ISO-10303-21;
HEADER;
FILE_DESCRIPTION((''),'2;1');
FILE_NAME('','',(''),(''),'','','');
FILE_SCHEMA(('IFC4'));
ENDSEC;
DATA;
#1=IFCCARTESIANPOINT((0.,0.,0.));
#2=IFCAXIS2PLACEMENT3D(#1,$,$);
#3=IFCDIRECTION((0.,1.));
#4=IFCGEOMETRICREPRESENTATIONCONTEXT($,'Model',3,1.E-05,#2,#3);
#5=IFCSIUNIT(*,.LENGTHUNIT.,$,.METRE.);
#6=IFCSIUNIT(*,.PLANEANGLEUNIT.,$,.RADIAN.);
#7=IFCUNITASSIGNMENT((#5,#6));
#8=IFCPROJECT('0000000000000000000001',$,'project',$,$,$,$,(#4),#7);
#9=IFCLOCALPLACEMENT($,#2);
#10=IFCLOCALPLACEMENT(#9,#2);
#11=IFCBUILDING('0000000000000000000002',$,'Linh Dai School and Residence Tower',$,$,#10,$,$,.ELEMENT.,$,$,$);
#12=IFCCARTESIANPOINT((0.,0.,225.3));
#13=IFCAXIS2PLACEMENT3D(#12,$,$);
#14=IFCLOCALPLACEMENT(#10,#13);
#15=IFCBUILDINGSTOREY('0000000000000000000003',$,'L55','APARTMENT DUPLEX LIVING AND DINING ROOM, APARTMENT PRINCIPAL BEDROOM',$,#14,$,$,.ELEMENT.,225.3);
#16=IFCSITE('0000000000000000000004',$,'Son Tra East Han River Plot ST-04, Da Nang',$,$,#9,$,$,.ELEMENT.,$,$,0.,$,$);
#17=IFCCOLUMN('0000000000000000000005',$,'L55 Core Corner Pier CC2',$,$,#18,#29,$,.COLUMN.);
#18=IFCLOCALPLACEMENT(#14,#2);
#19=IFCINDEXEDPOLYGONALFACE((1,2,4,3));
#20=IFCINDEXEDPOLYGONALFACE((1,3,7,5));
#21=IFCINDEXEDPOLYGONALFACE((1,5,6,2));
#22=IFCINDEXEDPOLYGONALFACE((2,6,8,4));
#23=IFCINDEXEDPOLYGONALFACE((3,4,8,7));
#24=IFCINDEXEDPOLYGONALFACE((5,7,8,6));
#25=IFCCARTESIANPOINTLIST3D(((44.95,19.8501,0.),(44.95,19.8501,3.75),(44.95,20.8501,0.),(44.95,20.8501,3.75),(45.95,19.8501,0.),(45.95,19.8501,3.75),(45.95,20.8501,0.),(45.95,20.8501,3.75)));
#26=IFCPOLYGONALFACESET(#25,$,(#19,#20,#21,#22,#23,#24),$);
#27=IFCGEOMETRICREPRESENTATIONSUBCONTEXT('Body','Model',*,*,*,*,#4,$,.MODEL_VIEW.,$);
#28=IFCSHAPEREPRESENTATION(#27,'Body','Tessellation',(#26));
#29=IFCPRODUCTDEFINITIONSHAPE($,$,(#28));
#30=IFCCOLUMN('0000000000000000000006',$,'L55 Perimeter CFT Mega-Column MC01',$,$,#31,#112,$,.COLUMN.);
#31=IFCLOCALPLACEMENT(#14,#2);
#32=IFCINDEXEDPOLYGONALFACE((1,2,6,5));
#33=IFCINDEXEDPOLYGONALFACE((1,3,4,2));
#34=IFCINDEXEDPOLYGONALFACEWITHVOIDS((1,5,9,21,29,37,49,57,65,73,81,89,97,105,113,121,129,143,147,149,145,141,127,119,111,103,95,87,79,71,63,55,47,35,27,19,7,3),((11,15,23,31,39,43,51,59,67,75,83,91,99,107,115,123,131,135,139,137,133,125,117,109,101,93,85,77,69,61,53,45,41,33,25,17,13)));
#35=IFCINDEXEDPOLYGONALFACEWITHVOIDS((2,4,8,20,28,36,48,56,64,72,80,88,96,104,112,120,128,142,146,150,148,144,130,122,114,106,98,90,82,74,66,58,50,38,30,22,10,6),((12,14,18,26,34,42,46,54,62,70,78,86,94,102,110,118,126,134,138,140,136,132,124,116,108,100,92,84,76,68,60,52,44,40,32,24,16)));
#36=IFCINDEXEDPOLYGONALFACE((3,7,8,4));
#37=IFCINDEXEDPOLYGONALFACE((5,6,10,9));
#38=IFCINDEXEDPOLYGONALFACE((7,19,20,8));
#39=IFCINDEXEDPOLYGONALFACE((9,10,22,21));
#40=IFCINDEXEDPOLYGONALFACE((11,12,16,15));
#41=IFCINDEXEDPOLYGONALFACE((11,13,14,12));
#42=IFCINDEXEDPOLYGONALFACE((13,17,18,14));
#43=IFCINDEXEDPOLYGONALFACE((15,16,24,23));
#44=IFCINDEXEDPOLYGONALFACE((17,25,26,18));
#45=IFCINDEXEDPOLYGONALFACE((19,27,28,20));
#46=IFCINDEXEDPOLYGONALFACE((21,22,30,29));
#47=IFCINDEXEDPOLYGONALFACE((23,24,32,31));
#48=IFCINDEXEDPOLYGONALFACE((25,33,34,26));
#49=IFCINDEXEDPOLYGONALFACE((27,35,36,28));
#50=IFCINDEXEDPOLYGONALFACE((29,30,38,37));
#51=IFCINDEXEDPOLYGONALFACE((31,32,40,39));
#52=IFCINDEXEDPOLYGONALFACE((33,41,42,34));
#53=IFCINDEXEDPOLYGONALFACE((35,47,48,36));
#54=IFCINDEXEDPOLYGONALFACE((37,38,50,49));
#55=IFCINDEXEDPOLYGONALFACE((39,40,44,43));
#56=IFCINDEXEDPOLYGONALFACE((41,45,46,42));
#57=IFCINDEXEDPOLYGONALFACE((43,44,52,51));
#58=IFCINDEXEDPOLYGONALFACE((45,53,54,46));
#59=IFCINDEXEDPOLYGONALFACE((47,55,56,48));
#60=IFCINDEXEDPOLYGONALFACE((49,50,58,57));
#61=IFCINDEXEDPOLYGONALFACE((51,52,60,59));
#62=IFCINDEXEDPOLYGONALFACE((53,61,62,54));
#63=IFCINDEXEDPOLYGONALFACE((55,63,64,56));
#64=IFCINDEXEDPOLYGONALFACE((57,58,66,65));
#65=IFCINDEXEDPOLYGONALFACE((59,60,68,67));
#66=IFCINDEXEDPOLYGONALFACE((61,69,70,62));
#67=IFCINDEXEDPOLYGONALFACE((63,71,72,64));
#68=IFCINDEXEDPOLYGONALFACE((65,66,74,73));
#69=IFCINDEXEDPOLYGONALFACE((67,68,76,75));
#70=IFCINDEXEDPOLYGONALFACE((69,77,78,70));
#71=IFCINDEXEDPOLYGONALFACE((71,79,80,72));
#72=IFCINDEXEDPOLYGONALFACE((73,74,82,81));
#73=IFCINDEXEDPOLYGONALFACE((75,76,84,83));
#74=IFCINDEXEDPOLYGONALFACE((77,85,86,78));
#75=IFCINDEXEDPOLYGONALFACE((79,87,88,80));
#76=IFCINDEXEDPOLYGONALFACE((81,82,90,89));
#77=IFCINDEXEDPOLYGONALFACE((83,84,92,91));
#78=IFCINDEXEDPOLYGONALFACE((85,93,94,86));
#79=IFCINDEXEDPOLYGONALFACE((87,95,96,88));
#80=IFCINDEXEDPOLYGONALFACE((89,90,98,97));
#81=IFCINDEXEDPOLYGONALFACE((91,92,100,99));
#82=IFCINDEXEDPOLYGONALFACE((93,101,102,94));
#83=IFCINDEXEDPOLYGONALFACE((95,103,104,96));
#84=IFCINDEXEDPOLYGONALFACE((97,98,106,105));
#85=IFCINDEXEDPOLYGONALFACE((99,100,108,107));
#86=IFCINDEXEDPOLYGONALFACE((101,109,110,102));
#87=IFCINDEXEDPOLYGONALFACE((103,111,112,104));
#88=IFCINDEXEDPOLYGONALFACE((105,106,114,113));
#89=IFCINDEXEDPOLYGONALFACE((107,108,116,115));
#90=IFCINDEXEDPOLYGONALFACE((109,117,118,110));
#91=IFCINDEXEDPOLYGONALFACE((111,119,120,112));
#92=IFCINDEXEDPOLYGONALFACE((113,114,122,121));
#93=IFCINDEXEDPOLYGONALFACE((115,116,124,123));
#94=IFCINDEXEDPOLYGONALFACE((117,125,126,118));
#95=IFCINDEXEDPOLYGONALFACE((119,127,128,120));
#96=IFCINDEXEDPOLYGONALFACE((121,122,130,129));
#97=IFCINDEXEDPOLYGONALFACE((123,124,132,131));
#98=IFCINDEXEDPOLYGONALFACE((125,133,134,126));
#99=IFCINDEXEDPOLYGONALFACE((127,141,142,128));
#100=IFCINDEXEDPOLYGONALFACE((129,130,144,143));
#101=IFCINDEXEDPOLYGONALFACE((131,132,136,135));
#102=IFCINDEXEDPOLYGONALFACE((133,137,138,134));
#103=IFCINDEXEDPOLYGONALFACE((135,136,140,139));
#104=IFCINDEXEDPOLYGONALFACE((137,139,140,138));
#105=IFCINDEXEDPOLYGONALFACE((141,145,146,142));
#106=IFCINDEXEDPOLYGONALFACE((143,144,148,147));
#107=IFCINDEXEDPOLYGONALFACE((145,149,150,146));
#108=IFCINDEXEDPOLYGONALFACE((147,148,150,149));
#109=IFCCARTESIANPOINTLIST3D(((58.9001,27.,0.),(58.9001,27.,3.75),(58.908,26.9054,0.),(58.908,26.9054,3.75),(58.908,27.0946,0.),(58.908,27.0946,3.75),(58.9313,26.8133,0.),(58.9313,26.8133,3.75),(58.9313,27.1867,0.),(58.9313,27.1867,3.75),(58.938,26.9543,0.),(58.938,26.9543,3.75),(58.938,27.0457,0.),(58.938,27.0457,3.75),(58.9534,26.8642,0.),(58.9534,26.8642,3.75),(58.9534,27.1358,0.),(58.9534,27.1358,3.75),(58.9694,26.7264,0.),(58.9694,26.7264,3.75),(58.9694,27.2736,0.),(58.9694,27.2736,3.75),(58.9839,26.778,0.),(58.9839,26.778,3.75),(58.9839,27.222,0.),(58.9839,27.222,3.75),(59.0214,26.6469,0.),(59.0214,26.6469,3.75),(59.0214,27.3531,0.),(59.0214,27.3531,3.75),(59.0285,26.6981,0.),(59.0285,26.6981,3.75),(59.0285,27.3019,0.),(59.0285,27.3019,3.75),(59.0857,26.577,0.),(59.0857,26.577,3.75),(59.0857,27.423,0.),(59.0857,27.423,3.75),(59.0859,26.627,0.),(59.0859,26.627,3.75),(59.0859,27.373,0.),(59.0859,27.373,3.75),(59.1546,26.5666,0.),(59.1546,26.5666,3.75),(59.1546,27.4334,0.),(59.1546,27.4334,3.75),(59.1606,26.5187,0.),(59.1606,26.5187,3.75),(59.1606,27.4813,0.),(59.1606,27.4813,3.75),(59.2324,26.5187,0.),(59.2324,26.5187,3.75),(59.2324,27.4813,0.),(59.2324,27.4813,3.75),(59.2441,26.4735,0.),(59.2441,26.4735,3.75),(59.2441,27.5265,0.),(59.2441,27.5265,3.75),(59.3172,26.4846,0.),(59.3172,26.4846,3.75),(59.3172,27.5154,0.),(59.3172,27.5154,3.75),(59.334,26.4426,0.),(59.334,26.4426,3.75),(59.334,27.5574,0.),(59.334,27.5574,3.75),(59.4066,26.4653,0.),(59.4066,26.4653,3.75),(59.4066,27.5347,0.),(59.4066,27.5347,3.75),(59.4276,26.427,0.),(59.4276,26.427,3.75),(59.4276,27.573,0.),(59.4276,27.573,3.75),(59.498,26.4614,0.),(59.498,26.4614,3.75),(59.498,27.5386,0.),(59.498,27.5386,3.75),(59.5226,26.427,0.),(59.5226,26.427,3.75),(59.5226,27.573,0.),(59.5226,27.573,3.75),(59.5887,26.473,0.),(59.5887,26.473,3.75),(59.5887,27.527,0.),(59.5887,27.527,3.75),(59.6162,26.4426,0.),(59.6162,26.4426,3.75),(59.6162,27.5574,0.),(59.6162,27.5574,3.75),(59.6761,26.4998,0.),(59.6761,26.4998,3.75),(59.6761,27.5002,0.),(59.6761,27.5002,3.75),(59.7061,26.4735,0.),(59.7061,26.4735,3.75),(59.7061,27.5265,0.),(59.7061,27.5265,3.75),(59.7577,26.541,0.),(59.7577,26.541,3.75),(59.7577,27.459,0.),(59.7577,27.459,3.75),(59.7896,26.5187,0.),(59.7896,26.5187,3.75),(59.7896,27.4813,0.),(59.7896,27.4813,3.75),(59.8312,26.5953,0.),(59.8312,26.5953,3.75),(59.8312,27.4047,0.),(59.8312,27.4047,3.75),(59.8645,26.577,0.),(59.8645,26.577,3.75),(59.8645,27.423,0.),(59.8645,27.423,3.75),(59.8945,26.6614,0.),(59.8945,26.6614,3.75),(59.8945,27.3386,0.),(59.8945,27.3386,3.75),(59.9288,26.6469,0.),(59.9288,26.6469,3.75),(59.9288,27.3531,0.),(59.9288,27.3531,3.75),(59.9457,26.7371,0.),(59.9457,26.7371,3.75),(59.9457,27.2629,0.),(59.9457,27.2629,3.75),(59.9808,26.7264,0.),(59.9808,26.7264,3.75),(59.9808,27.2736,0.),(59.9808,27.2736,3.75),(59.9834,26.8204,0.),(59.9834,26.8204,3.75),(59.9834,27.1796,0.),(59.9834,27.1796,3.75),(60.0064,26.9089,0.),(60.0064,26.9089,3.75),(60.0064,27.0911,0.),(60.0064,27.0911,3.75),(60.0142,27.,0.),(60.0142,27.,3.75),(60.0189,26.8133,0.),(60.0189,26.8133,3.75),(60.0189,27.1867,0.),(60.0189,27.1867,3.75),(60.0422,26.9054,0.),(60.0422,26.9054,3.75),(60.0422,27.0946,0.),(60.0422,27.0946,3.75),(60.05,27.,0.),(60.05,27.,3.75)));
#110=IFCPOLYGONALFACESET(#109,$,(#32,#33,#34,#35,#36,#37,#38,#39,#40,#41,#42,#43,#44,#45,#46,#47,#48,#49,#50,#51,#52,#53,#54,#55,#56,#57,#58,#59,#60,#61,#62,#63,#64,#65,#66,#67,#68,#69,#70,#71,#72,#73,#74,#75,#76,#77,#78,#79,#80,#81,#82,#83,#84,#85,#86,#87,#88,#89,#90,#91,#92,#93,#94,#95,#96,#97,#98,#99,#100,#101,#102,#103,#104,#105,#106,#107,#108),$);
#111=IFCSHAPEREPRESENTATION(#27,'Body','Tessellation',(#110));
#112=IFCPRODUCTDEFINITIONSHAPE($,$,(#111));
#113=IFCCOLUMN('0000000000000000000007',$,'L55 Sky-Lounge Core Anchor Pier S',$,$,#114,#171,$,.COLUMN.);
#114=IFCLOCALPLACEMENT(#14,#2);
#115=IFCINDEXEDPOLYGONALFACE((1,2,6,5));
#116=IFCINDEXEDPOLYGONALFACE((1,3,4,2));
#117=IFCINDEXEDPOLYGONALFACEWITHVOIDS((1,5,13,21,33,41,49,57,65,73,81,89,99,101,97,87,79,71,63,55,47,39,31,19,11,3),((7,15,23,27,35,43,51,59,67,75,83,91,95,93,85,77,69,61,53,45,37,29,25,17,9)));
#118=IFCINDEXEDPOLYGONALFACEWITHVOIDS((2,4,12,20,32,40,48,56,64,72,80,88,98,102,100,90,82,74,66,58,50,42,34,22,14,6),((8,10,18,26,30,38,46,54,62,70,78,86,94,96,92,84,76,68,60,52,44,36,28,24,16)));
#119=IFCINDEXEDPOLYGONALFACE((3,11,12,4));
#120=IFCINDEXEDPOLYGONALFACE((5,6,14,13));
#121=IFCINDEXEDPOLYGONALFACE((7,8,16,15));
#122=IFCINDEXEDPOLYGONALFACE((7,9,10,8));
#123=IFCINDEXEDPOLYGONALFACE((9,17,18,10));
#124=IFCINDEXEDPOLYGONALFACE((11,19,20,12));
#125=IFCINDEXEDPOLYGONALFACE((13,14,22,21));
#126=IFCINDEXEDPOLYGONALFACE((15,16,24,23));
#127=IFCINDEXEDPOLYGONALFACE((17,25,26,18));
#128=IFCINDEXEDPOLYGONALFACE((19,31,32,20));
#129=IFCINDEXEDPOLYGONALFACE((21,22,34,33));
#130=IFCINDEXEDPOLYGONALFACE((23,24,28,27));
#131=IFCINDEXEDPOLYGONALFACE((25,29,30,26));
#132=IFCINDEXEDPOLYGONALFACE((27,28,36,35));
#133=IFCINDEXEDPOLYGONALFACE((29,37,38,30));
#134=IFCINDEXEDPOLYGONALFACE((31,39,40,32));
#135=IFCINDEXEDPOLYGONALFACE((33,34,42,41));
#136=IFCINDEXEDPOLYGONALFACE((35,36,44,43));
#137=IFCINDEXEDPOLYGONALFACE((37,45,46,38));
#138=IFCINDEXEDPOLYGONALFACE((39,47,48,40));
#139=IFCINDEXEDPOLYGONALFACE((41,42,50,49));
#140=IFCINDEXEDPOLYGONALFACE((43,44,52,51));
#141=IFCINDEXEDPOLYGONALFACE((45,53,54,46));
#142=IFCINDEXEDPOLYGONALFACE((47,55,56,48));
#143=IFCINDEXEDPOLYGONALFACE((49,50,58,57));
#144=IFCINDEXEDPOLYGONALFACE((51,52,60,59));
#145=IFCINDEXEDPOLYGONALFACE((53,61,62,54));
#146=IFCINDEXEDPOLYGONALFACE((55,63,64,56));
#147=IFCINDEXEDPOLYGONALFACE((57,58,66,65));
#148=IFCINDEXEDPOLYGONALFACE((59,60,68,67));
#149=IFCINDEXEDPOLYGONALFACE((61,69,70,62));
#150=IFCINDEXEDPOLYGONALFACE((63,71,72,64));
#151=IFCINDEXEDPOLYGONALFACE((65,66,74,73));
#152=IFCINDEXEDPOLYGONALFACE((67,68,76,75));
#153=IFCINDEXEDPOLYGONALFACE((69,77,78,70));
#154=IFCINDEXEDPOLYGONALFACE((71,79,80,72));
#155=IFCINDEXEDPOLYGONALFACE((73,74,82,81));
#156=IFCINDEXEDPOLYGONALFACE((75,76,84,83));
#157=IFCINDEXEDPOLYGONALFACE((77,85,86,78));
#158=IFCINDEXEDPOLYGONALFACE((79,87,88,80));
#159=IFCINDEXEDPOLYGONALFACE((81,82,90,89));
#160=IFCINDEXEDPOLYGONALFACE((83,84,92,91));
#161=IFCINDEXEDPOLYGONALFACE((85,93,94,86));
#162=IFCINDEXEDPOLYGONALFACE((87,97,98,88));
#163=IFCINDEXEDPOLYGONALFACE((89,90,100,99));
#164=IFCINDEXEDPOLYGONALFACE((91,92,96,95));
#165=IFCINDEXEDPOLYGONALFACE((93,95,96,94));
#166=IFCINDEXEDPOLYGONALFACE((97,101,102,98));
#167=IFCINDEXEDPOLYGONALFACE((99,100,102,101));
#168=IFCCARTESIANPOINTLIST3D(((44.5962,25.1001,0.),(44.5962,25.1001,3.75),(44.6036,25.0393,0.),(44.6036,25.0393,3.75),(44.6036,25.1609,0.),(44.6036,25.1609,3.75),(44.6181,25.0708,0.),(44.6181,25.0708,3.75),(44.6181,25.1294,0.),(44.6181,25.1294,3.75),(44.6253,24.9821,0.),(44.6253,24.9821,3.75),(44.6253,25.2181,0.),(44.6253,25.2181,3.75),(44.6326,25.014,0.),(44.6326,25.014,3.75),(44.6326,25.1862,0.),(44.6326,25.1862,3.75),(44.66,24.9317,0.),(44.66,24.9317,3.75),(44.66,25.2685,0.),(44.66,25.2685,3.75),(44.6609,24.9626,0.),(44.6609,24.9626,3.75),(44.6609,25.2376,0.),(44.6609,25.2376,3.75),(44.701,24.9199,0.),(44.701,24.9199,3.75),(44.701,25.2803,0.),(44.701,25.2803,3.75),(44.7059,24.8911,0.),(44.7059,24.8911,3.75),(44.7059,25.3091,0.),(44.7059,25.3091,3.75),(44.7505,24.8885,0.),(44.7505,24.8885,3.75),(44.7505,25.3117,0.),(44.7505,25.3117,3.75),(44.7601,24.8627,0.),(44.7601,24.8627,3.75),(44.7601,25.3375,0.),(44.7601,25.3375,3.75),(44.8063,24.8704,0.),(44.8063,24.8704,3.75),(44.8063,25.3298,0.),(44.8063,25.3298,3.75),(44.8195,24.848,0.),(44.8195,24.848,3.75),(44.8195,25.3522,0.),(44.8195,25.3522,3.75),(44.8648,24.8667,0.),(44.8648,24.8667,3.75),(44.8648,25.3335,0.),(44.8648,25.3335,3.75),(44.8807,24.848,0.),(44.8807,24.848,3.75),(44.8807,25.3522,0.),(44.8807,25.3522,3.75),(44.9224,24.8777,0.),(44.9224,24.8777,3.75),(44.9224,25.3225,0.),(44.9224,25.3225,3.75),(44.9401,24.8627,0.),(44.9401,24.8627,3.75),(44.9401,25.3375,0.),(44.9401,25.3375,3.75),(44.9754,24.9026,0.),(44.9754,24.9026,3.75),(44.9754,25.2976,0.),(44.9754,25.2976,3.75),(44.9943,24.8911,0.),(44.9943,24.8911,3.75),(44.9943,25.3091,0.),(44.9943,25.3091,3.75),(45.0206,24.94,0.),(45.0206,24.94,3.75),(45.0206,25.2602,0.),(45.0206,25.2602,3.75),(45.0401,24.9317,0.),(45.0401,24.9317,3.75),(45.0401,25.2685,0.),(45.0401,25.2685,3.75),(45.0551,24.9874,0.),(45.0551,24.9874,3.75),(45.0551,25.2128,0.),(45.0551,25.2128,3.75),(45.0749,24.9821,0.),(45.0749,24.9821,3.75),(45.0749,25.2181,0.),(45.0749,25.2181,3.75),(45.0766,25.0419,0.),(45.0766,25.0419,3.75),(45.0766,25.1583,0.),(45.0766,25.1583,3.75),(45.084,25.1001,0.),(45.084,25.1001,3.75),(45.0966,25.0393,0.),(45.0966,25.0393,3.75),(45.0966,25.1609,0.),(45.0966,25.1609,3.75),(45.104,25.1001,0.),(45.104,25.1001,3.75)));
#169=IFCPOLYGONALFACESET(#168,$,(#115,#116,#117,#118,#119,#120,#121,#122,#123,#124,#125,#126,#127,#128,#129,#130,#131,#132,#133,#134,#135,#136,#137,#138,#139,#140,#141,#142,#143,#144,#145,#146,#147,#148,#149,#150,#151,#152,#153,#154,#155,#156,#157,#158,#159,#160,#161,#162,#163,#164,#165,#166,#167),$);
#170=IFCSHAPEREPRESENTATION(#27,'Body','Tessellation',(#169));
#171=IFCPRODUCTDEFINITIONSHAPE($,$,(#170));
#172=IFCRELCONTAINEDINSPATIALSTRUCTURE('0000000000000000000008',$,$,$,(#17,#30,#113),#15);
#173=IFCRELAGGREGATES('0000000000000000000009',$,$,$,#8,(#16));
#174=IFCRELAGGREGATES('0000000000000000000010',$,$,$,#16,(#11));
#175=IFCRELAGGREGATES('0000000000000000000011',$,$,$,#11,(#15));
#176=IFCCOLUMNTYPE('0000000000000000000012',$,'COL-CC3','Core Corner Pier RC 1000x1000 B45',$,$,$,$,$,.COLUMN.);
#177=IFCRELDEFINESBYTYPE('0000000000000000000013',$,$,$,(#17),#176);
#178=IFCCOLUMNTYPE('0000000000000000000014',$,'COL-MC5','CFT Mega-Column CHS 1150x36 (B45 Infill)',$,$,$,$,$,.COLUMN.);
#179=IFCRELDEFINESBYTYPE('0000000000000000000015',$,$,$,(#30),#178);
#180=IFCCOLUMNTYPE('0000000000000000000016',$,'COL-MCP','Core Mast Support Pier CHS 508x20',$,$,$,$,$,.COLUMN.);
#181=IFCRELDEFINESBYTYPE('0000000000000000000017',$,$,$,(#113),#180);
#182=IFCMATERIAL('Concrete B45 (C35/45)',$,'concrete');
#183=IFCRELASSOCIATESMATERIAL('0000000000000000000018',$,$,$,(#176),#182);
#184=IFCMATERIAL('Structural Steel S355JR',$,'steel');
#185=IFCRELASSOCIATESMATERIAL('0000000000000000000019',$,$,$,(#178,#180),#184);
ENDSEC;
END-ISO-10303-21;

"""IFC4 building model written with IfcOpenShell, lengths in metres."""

from ifc_helpers import new_model, si_unit, direction, frame, origin, origin_2d, place, context, subcontext, project, spatial, rectangle, hollow_circle, extrude, material, material_profile, profile_set, type_object, element, save


model = new_model("IFC4")

# Units and contexts
model_context = context("Model", 3, precision=1e-05, world=origin(), true_north=direction((0.0, 1.0)))
body_context = subcontext(model_context, "Body", "Model", "MODEL_VIEW")
ifc_project = project(units=[si_unit("LENGTHUNIT", "METRE"), si_unit("PLANEANGLEUNIT", "RADIAN")], contexts=[model_context])

# Site, building, storey
site_placement = place(None, origin())
site = spatial("IfcSite", under=ifc_project, at=site_placement, Name="Son Tra East Han River Plot ST-04, Da Nang", CompositionType="ELEMENT", RefElevation=0.0)
building_placement = place(site_placement, origin())
building = spatial("IfcBuilding", under=site, at=building_placement, Name="Linh Dai School and Residence Tower", CompositionType="ELEMENT")
storey_placement = place(building_placement, frame((0.0, 0.0, 225.3)))
storey = spatial("IfcBuildingStorey", under=building, at=storey_placement, Name="L55", Description="APARTMENT DUPLEX LIVING AND DINING ROOM, APARTMENT PRINCIPAL BEDROOM", CompositionType="ELEMENT", Elevation=225.3)

# Columns
ifc_material_1 = material(Name="Concrete B45 (C35/45)", Category="concrete")
ifc_material_profile_1 = material_profile(ifc_material_1, rectangle(XDim=1.0, YDim=1.0, at=origin_2d()), Name="RC 1000x1000")
ifc_profile_set_1 = profile_set([ifc_material_profile_1], Name="Concrete B45 (C35/45)")
column_type_1 = type_object("IfcColumnType", Name="COL-CC3", Description="Core Corner Pier RC 1000x1000 B45", PredefinedType="COLUMN", material=ifc_profile_set_1)
column_1_placement = place(storey_placement, frame((45.45, 20.3501, 0.0), z_axis=(0.0, 0.0, 1.0), x_axis=(1.0, 0.0, 0.0)))
element("IfcColumn", 1, at=column_1_placement, inside=storey, type_object=column_type_1, Name="L55 Core Corner Pier CC2", PredefinedType="COLUMN", context=body_context, shape_type="SweptSolid", body=[
    extrude(rectangle(XDim=1.0, YDim=1.0, at=origin_2d()), origin(), (0.0, 0.0, 1.0), 3.75),
])
ifc_material_2 = material(Name="Structural Steel S355JR", Category="steel")
ifc_material_profile_2 = material_profile(ifc_material_2, hollow_circle(Radius=0.575, WallThickness=0.0359, at=origin_2d()), Name="CHS 1150x36")
ifc_profile_set_2 = profile_set([ifc_material_profile_2], Name="Structural Steel S355JR")
column_type_2 = type_object("IfcColumnType", Name="COL-MC5", Description="CFT Mega-Column CHS 1150x36 (B45 Infill)", PredefinedType="COLUMN", material=ifc_profile_set_2)
column_2_placement = place(storey_placement, frame((59.4751, 27.0, 0.0), z_axis=(0.0, 0.0, 1.0), x_axis=(1.0, 0.0, 0.0)))
element("IfcColumn", 2, at=column_2_placement, inside=storey, type_object=column_type_2, Name="L55 Perimeter CFT Mega-Column MC01", PredefinedType="COLUMN", context=body_context, shape_type="SweptSolid", body=[
    extrude(hollow_circle(Radius=0.575, WallThickness=0.0359, at=origin_2d()), origin(), (0.0, 0.0, 1.0), 3.75),
])
ifc_material_profile_3 = material_profile(ifc_material_2, hollow_circle(Radius=0.2539, WallThickness=0.02, at=origin_2d()), Name="CHS 508x20")
ifc_profile_set_3 = profile_set([ifc_material_profile_3], Name="Structural Steel S355JR")
column_type_3 = type_object("IfcColumnType", Name="COL-MCP", Description="Core Mast Support Pier CHS 508x20", PredefinedType="COLUMN", material=ifc_profile_set_3)
column_3_placement = place(storey_placement, frame((44.8501, 25.1001, 0.0), z_axis=(0.0, 0.0, 1.0), x_axis=(1.0, 0.0, 0.0)))
element("IfcColumn", 3, at=column_3_placement, inside=storey, type_object=column_type_3, Name="L55 Sky-Lounge Core Anchor Pier S", PredefinedType="COLUMN", context=body_context, shape_type="SweptSolid", body=[
    extrude(hollow_circle(Radius=0.2539, WallThickness=0.02, at=origin_2d()), origin(), (0.0, 0.0, 1.0), 3.75),
])

save(model, "model.ifc")
